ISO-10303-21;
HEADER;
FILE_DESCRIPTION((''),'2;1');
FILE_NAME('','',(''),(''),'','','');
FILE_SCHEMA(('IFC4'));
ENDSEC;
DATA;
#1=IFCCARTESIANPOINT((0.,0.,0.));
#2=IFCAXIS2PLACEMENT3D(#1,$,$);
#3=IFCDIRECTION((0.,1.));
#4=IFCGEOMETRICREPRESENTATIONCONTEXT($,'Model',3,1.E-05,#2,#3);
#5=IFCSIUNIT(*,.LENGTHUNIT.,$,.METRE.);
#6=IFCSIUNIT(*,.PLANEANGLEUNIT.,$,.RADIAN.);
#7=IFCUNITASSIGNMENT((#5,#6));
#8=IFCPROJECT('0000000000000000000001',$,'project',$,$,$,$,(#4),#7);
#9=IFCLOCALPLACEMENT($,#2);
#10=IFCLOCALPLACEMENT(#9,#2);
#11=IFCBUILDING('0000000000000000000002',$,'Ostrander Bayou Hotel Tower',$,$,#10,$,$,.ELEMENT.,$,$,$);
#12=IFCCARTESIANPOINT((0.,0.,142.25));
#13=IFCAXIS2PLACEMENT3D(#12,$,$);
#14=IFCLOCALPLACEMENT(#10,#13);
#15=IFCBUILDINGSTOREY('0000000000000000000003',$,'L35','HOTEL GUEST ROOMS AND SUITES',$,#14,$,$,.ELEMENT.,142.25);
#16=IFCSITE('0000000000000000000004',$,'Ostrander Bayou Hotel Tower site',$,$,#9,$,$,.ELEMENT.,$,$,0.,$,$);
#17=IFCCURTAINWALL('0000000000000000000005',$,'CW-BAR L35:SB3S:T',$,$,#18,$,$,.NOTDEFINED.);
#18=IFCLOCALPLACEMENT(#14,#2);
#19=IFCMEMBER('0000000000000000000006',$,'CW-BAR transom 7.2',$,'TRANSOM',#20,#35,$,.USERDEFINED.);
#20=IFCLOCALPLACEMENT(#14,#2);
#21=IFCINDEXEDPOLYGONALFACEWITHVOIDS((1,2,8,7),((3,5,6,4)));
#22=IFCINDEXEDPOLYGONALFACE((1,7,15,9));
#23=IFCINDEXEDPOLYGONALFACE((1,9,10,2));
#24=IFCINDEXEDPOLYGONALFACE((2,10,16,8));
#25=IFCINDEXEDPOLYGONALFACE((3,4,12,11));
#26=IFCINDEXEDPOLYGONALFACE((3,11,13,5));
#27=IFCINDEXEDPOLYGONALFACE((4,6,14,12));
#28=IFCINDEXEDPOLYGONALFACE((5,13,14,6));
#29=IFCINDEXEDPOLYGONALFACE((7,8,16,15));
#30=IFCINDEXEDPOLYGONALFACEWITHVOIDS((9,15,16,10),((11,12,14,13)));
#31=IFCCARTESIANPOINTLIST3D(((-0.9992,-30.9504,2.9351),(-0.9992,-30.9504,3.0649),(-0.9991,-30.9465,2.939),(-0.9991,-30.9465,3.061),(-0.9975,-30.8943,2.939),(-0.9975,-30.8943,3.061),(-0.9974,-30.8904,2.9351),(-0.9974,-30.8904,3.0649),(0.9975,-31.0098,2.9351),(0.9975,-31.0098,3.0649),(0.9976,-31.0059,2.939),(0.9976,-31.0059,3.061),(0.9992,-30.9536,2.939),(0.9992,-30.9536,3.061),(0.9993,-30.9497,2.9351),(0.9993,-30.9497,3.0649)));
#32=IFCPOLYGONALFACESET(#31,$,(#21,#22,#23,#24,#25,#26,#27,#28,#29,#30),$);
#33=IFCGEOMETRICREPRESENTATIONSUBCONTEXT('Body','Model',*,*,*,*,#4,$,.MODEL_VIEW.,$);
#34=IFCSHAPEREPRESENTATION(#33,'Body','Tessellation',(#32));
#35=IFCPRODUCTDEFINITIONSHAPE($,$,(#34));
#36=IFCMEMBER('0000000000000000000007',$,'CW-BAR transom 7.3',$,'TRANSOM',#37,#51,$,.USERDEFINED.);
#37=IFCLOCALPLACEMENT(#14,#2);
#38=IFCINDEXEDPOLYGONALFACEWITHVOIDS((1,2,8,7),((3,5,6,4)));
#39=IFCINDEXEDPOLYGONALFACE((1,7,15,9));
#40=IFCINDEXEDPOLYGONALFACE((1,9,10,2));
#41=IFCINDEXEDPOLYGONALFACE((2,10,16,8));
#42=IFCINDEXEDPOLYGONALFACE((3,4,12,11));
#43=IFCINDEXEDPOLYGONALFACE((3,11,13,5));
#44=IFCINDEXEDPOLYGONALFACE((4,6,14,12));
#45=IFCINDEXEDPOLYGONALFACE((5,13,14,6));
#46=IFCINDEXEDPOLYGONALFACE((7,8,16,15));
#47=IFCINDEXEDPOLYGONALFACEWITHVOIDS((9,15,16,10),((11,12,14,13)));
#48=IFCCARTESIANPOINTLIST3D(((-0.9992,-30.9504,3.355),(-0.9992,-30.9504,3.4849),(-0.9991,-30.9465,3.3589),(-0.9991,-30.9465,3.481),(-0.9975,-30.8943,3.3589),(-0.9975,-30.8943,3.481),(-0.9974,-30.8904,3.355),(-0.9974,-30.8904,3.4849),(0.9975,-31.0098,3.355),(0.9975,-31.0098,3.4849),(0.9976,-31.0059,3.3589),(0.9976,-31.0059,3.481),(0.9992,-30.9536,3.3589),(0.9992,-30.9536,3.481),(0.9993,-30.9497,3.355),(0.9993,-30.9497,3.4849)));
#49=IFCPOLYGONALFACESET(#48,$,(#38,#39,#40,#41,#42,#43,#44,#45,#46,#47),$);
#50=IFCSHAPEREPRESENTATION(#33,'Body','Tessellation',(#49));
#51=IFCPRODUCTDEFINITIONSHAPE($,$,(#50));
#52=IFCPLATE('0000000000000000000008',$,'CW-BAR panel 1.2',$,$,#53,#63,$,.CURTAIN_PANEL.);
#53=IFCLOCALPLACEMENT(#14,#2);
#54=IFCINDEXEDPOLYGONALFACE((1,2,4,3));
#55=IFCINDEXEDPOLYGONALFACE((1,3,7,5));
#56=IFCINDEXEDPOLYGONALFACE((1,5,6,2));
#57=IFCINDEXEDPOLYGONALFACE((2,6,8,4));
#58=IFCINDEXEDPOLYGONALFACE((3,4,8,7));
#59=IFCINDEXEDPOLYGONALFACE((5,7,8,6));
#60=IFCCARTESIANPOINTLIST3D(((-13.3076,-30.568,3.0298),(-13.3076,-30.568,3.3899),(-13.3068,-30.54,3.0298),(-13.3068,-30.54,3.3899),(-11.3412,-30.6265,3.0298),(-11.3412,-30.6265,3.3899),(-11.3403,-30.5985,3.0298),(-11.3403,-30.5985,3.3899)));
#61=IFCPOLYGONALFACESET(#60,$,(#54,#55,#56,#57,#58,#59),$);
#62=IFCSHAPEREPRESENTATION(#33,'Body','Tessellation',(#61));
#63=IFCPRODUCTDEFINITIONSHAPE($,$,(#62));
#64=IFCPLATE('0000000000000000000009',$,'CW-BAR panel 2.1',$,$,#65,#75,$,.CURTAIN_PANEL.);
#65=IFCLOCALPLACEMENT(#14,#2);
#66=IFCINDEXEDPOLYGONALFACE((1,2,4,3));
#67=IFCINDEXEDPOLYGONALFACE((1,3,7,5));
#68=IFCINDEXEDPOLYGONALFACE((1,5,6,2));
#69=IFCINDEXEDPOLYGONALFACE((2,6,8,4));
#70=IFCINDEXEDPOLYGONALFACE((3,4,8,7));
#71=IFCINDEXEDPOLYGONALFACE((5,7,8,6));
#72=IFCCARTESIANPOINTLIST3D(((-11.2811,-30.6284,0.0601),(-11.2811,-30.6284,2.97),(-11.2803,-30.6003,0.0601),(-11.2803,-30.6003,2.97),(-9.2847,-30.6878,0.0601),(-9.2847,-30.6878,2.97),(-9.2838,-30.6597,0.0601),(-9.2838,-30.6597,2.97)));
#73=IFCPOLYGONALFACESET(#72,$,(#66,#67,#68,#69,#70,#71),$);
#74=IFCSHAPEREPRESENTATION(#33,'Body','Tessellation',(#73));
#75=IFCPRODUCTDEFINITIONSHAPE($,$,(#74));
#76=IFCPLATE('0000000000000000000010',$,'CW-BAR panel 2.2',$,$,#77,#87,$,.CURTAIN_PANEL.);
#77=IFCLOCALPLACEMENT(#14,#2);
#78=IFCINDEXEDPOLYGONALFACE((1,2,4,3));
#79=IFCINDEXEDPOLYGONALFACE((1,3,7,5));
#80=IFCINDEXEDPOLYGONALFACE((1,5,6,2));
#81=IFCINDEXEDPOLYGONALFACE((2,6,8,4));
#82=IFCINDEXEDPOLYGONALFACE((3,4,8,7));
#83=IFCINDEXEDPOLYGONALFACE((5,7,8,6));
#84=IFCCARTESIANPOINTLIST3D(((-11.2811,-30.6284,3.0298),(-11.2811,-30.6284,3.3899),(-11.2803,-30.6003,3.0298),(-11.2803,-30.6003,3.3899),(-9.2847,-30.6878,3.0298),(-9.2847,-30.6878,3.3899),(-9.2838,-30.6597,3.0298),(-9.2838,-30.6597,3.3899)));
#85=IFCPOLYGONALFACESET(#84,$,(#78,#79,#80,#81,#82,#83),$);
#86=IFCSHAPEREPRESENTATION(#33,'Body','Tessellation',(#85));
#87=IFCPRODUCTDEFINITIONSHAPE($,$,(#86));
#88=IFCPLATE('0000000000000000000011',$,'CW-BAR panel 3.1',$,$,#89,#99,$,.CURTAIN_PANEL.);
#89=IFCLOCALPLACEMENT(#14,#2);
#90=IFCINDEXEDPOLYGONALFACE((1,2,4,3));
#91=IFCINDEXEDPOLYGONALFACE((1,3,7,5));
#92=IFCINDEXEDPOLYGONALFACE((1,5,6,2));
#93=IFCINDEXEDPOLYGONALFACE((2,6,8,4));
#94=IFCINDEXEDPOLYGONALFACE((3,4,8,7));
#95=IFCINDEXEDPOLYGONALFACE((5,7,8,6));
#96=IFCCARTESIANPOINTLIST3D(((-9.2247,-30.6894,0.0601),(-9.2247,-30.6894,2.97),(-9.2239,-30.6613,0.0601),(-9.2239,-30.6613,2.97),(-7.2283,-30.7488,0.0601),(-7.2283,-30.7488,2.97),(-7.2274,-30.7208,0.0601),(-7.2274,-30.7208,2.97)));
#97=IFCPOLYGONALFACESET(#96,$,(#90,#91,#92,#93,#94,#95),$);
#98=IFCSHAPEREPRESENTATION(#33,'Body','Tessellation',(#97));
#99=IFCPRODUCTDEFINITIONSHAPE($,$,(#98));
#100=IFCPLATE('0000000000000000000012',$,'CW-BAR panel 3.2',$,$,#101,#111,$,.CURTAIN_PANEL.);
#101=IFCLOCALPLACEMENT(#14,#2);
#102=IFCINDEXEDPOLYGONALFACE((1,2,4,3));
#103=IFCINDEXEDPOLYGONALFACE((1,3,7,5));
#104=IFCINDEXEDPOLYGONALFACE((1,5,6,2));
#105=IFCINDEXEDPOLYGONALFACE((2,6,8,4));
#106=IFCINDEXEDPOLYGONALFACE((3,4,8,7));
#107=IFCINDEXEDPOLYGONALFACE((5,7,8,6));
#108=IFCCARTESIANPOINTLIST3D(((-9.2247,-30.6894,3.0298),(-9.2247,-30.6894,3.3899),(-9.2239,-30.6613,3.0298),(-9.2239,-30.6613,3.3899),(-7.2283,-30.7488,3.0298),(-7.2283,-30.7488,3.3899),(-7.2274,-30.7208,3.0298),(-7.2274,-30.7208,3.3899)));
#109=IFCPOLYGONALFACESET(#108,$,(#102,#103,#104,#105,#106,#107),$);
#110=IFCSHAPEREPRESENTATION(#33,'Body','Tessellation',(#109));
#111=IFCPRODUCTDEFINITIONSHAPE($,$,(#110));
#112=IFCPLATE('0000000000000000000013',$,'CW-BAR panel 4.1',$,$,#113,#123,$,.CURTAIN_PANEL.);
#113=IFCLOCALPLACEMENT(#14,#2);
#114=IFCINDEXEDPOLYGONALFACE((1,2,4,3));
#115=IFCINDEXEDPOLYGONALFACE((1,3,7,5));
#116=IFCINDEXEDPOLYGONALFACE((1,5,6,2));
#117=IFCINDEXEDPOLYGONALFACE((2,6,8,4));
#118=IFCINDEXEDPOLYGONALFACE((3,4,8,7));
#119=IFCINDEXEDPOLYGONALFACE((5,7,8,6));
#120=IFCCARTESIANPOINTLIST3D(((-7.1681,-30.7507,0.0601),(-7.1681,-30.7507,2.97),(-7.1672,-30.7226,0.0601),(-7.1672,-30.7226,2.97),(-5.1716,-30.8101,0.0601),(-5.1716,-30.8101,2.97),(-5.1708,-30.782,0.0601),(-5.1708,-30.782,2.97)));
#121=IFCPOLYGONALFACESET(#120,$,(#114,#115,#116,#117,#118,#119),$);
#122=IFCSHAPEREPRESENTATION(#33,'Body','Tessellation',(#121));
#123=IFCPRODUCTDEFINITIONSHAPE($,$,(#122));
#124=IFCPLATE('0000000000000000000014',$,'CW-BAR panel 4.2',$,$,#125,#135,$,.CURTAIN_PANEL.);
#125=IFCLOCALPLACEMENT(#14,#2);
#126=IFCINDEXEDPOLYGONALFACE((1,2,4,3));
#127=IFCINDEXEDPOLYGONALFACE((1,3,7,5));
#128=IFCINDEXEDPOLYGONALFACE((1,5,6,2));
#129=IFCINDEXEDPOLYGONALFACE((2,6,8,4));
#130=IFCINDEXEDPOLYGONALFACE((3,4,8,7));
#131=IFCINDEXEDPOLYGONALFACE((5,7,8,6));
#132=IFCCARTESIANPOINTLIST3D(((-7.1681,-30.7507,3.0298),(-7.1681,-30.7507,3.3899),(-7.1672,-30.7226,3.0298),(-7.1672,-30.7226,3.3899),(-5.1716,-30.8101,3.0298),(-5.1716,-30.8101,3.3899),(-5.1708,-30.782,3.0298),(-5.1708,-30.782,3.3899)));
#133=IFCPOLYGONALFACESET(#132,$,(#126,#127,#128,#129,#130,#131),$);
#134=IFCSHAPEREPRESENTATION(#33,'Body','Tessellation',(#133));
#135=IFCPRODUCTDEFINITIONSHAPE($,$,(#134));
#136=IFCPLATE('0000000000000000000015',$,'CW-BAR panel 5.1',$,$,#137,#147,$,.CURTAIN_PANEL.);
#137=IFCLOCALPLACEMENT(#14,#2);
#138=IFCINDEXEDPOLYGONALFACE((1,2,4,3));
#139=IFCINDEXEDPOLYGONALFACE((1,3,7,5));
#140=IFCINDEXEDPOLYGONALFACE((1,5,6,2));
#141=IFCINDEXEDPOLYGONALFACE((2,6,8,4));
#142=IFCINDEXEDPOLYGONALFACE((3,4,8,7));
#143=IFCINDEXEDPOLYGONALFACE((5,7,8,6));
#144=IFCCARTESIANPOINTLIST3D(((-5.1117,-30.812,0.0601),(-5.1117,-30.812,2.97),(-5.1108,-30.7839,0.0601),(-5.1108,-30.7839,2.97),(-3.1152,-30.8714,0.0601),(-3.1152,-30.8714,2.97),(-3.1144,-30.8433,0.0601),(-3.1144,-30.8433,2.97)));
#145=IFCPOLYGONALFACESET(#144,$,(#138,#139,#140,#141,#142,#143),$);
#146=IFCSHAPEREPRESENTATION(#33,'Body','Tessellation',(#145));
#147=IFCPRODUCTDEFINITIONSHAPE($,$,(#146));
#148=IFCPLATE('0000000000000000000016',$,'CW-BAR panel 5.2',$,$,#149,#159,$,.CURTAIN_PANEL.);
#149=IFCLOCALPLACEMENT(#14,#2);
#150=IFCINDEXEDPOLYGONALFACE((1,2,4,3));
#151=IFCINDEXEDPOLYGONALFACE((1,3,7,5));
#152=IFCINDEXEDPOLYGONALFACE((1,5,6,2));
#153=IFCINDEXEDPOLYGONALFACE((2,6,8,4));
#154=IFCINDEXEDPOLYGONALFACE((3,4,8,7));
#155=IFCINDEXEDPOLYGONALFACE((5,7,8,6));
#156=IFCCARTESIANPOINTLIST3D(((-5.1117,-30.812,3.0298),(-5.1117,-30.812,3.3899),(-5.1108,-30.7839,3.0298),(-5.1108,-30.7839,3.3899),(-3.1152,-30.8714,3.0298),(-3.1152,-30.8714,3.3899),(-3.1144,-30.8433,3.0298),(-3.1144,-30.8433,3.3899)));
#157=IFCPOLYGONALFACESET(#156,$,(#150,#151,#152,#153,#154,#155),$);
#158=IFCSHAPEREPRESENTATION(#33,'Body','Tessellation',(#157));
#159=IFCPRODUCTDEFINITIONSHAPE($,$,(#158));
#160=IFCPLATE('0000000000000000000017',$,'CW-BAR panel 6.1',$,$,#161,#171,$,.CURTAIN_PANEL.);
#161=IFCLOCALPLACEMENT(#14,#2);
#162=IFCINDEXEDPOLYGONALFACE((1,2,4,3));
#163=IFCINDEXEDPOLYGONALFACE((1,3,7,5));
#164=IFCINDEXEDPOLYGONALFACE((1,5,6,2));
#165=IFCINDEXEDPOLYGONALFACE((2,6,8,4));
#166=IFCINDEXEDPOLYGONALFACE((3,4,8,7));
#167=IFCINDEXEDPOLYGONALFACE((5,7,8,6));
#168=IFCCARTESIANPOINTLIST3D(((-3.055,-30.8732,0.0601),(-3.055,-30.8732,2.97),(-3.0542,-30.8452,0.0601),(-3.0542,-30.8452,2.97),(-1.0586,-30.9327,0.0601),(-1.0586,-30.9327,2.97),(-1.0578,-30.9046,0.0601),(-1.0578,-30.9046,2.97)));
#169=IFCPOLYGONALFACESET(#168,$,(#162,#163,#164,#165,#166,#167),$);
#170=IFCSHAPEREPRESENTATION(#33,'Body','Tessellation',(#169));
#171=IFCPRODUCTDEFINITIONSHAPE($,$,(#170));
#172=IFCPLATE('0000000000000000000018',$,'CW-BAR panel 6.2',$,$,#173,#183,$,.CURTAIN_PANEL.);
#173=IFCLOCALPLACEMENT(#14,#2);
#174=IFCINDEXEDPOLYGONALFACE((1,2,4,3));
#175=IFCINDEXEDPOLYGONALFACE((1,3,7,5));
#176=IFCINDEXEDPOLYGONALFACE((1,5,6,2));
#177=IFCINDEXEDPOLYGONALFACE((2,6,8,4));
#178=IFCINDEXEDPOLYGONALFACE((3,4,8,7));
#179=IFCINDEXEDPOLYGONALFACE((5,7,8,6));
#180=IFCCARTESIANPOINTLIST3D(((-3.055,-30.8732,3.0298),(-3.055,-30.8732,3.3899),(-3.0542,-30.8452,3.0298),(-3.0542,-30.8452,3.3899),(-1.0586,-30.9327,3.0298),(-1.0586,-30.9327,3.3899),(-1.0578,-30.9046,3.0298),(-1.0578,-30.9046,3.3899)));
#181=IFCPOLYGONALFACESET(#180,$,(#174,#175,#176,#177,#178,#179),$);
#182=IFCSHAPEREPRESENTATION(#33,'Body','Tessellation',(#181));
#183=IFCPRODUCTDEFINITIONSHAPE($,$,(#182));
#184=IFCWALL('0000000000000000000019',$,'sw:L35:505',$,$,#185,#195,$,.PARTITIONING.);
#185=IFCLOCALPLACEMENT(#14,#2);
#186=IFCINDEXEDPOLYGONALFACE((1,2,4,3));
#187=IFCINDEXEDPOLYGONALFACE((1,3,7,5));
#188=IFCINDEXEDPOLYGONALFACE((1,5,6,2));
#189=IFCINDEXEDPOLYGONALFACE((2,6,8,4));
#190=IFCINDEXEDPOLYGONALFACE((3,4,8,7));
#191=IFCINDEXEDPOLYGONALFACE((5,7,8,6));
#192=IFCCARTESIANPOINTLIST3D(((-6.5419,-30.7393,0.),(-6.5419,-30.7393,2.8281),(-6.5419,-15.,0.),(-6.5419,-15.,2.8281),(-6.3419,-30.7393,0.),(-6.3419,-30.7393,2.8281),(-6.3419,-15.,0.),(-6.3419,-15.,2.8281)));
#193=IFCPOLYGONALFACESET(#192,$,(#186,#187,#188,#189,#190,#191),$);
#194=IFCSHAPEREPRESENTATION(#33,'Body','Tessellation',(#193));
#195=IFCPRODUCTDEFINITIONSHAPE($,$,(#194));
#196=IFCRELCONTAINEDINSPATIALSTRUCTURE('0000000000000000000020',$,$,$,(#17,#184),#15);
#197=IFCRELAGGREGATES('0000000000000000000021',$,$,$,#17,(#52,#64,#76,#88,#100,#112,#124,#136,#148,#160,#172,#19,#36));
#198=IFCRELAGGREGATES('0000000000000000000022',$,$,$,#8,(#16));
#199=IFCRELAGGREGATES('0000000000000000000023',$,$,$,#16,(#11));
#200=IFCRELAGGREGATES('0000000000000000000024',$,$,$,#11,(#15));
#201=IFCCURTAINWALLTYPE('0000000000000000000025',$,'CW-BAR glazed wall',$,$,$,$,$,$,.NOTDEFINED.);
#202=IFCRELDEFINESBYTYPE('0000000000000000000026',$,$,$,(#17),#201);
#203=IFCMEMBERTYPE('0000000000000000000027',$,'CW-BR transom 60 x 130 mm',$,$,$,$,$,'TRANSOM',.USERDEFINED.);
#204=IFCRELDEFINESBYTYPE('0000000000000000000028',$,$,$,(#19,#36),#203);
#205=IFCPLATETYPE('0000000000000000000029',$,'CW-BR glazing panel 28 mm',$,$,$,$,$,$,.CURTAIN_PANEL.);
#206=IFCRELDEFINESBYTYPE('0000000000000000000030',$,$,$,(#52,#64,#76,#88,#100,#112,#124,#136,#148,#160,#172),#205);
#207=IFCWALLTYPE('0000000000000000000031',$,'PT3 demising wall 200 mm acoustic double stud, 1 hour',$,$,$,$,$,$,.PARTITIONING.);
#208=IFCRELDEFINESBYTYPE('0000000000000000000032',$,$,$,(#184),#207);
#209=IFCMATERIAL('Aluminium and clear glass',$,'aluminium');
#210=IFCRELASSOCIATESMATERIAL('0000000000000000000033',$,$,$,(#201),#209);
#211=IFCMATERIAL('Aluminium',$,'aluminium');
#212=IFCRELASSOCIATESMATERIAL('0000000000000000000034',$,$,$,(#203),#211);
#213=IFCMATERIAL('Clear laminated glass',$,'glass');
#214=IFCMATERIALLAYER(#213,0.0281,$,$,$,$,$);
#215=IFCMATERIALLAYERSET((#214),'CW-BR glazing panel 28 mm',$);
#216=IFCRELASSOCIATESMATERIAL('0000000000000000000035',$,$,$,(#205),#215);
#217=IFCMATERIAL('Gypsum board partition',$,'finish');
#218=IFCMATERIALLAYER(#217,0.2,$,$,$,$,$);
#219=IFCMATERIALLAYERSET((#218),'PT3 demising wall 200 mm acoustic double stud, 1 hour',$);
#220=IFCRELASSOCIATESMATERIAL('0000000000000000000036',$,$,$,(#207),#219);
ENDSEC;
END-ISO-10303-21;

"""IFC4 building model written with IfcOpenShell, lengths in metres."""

from ifc_helpers import new_model, si_unit, direction, frame, frame_2d, origin, origin_2d, place, context, subcontext, project, spatial, rectangle, hollow_rectangle, extrude, material, layer, layer_set, material_profile, profile_set, type_object, element, aggregate, save


model = new_model("IFC4")

# Units and contexts
model_context = context("Model", 3, precision=1e-05, world=origin(), true_north=direction((0.0, 1.0)))
body_context = subcontext(model_context, "Body", "Model", "MODEL_VIEW")
ifc_project = project(units=[si_unit("LENGTHUNIT", "METRE"), si_unit("PLANEANGLEUNIT", "RADIAN")], contexts=[model_context])

# Site, building, storey
site_placement = place(None, origin())
site = spatial("IfcSite", under=ifc_project, at=site_placement, Name="Ostrander Bayou Hotel Tower site", CompositionType="ELEMENT", RefElevation=0.0)
building_placement = place(site_placement, origin())
building = spatial("IfcBuilding", under=site, at=building_placement, Name="Ostrander Bayou Hotel Tower", CompositionType="ELEMENT")
storey_placement = place(building_placement, frame((0.0, 0.0, 142.25)))
storey = spatial("IfcBuildingStorey", under=building, at=storey_placement, Name="L35", Description="HOTEL GUEST ROOMS AND SUITES", CompositionType="ELEMENT", Elevation=142.25)

# Curtain wall, members, plates
ifc_material_1 = material(Name="Aluminium and clear glass", Category="aluminium")
curtain_wall_type = type_object("IfcCurtainWallType", Name="CW-BAR glazed wall", PredefinedType="NOTDEFINED", material=ifc_material_1)
curtain_wall_placement = place(storey_placement, origin())
curtain_wall = element("IfcCurtainWall", 1, at=curtain_wall_placement, inside=storey, type_object=curtain_wall_type, Name="CW-BAR L35:SB3S:T", PredefinedType="NOTDEFINED")
ifc_material_2 = material(Name="Aluminium", Category="aluminium")
ifc_material_profile_1 = material_profile(ifc_material_2, hollow_rectangle(XDim=0.0601, YDim=0.1299, WallThickness=0.0039, at=origin_2d()))
ifc_profile_set_1 = profile_set([ifc_material_profile_1], Name="Aluminium")
member_type_1 = type_object("IfcMemberType", Name="CW-BR transom 60 x 130 mm", ElementType="TRANSOM", PredefinedType="USERDEFINED", material=ifc_profile_set_1)
member_1_placement = place(storey_placement, frame((-0.9983, -30.9204, 3.0), z_axis=(0.999559, -0.029701, 0.0), x_axis=(0.029701, 0.999559, 0.0)))
member_1 = element("IfcMember", 2, at=member_1_placement, type_object=member_type_1, Name="CW-BAR transom 7.2", ObjectType="TRANSOM", PredefinedType="USERDEFINED", context=body_context, shape_type="SweptSolid", body=[
    extrude(hollow_rectangle(XDim=0.0601, YDim=0.1299, WallThickness=0.0039, at=origin_2d()), origin(), (0.0, 0.0, 1.0), 1.9976),
])
member_2_placement = place(storey_placement, frame((-0.9983, -30.9204, 3.4199), z_axis=(0.999559, -0.029701, 0.0), x_axis=(0.029701, 0.999559, 0.0)))
member_2 = element("IfcMember", 3, at=member_2_placement, type_object=member_type_1, Name="CW-BAR transom 7.3", ObjectType="TRANSOM", PredefinedType="USERDEFINED", context=body_context, shape_type="SweptSolid", body=[
    extrude(hollow_rectangle(XDim=0.0601, YDim=0.1299, WallThickness=0.0039, at=origin_2d()), origin(), (0.0, 0.0, 1.0), 1.9976),
])
ifc_material_3 = material(Name="Clear laminated glass", Category="glass")
ifc_layer_1 = layer(ifc_material_3, 0.0281)
ifc_layer_set_1 = layer_set([ifc_layer_1], Name="CW-BR glazing panel 28 mm")
plate_type = type_object("IfcPlateType", Name="CW-BR glazing panel 28 mm", PredefinedType="CURTAIN_PANEL", material=ifc_layer_set_1)
plate_1_placement = place(storey_placement, frame((-12.324, -30.5833, 3.0298), z_axis=(0.0, 0.0, 1.0), x_axis=(0.999557, -0.029746, 0.0)))
plate_1 = element("IfcPlate", 4, at=plate_1_placement, type_object=plate_type, Name="CW-BAR panel 1.2", PredefinedType="CURTAIN_PANEL", context=body_context, shape_type="SweptSolid", body=[
    extrude(rectangle(XDim=1.9673, YDim=0.0281, at=origin_2d()), origin(), (0.0, 0.0, 1.0), 0.3601),
])
plate_2_placement = place(storey_placement, frame((-10.2825, -30.644, 0.0601), z_axis=(0.0, 0.0, 1.0), x_axis=(0.999557, -0.029746, 0.0)))
plate_2 = element("IfcPlate", 5, at=plate_2_placement, type_object=plate_type, Name="CW-BAR panel 2.1", PredefinedType="CURTAIN_PANEL", context=body_context, shape_type="SweptSolid", body=[
    extrude(rectangle(XDim=1.9973, YDim=0.0281, at=origin_2d()), origin(), (0.0, 0.0, 1.0), 2.9099),
])
plate_3_placement = place(storey_placement, frame((-10.2825, -30.644, 3.0298), z_axis=(0.0, 0.0, 1.0), x_axis=(0.999557, -0.029746, 0.0)))
plate_3 = element("IfcPlate", 6, at=plate_3_placement, type_object=plate_type, Name="CW-BAR panel 2.2", PredefinedType="CURTAIN_PANEL", context=body_context, shape_type="SweptSolid", body=[
    extrude(rectangle(XDim=1.9973, YDim=0.0281, at=origin_2d()), origin(), (0.0, 0.0, 1.0), 0.3601),
])
plate_4_placement = place(storey_placement, frame((-8.2261, -30.7051, 0.0601), z_axis=(0.0, 0.0, 1.0), x_axis=(0.999557, -0.029746, 0.0)))
plate_4 = element("IfcPlate", 7, at=plate_4_placement, type_object=plate_type, Name="CW-BAR panel 3.1", PredefinedType="CURTAIN_PANEL", context=body_context, shape_type="SweptSolid", body=[
    extrude(rectangle(XDim=1.9973, YDim=0.0281, at=origin_2d()), origin(), (0.0, 0.0, 1.0), 2.9099),
])
plate_5_placement = place(storey_placement, frame((-8.2261, -30.7051, 3.0298), z_axis=(0.0, 0.0, 1.0), x_axis=(0.999557, -0.029746, 0.0)))
plate_5 = element("IfcPlate", 8, at=plate_5_placement, type_object=plate_type, Name="CW-BAR panel 3.2", PredefinedType="CURTAIN_PANEL", context=body_context, shape_type="SweptSolid", body=[
    extrude(rectangle(XDim=1.9973, YDim=0.0281, at=origin_2d()), origin(), (0.0, 0.0, 1.0), 0.3601),
])
plate_6_placement = place(storey_placement, frame((-6.1694, -30.7664, 0.0601), z_axis=(0.0, 0.0, 1.0), x_axis=(0.999557, -0.029746, 0.0)))
plate_6 = element("IfcPlate", 9, at=plate_6_placement, type_object=plate_type, Name="CW-BAR panel 4.1", PredefinedType="CURTAIN_PANEL", context=body_context, shape_type="SweptSolid", body=[
    extrude(rectangle(XDim=1.9973, YDim=0.0281, at=origin_2d()), origin(), (0.0, 0.0, 1.0), 2.9099),
])
plate_7_placement = place(storey_placement, frame((-6.1694, -30.7664, 3.0298), z_axis=(0.0, 0.0, 1.0), x_axis=(0.999557, -0.029746, 0.0)))
plate_7 = element("IfcPlate", 10, at=plate_7_placement, type_object=plate_type, Name="CW-BAR panel 4.2", PredefinedType="CURTAIN_PANEL", context=body_context, shape_type="SweptSolid", body=[
    extrude(rectangle(XDim=1.9973, YDim=0.0281, at=origin_2d()), origin(), (0.0, 0.0, 1.0), 0.3601),
])
plate_8_placement = place(storey_placement, frame((-4.113, -30.8276, 0.0601), z_axis=(0.0, 0.0, 1.0), x_axis=(0.999557, -0.029746, 0.0)))
plate_8 = element("IfcPlate", 11, at=plate_8_placement, type_object=plate_type, Name="CW-BAR panel 5.1", PredefinedType="CURTAIN_PANEL", context=body_context, shape_type="SweptSolid", body=[
    extrude(rectangle(XDim=1.9973, YDim=0.0281, at=origin_2d()), origin(), (0.0, 0.0, 1.0), 2.9099),
])
plate_9_placement = place(storey_placement, frame((-4.113, -30.8276, 3.0298), z_axis=(0.0, 0.0, 1.0), x_axis=(0.999557, -0.029746, 0.0)))
plate_9 = element("IfcPlate", 12, at=plate_9_placement, type_object=plate_type, Name="CW-BAR panel 5.2", PredefinedType="CURTAIN_PANEL", context=body_context, shape_type="SweptSolid", body=[
    extrude(rectangle(XDim=1.9973, YDim=0.0281, at=origin_2d()), origin(), (0.0, 0.0, 1.0), 0.3601),
])
plate_10_placement = place(storey_placement, frame((-2.0564, -30.8889, 0.0601), z_axis=(0.0, 0.0, 1.0), x_axis=(0.999557, -0.029746, 0.0)))
plate_10 = element("IfcPlate", 13, at=plate_10_placement, type_object=plate_type, Name="CW-BAR panel 6.1", PredefinedType="CURTAIN_PANEL", context=body_context, shape_type="SweptSolid", body=[
    extrude(rectangle(XDim=1.9973, YDim=0.0281, at=origin_2d()), origin(), (0.0, 0.0, 1.0), 2.9099),
])
plate_11_placement = place(storey_placement, frame((-2.0564, -30.8889, 3.0298), z_axis=(0.0, 0.0, 1.0), x_axis=(0.999557, -0.029746, 0.0)))
plate_11 = element("IfcPlate", 14, at=plate_11_placement, type_object=plate_type, Name="CW-BAR panel 6.2", PredefinedType="CURTAIN_PANEL", context=body_context, shape_type="SweptSolid", body=[
    extrude(rectangle(XDim=1.9973, YDim=0.0281, at=origin_2d()), origin(), (0.0, 0.0, 1.0), 0.3601),
])
aggregate(curtain_wall, [plate_1, plate_2, plate_3, plate_4, plate_5, plate_6, plate_7, plate_8, plate_9, plate_10, plate_11, member_1, member_2])

# Wall
ifc_material_4 = material(Name="Gypsum board partition", Category="finish")
ifc_layer_2 = layer(ifc_material_4, 0.2)
ifc_layer_set_2 = layer_set([ifc_layer_2], Name="PT3 demising wall 200 mm acoustic double stud, 1 hour")
wall_type = type_object("IfcWallType", Name="PT3 demising wall 200 mm acoustic double stud, 1 hour", PredefinedType="PARTITIONING", material=ifc_layer_set_2)
wall_placement = place(storey_placement, frame((-6.4419, -30.7393, 0.0), z_axis=(0.0, 0.0, 1.0), x_axis=(0.0, 1.0, 0.0)))
element("IfcWall", 15, at=wall_placement, inside=storey, type_object=wall_type, Name="sw:L35:505", PredefinedType="PARTITIONING", context=body_context, shape_type="SweptSolid", body=[
    extrude(rectangle(XDim=15.7393, YDim=0.2, at=frame_2d((7.8696, 0.0))), origin(), (0.0, 0.0, 1.0), 2.8281),
])

save(model, "model.ifc")
